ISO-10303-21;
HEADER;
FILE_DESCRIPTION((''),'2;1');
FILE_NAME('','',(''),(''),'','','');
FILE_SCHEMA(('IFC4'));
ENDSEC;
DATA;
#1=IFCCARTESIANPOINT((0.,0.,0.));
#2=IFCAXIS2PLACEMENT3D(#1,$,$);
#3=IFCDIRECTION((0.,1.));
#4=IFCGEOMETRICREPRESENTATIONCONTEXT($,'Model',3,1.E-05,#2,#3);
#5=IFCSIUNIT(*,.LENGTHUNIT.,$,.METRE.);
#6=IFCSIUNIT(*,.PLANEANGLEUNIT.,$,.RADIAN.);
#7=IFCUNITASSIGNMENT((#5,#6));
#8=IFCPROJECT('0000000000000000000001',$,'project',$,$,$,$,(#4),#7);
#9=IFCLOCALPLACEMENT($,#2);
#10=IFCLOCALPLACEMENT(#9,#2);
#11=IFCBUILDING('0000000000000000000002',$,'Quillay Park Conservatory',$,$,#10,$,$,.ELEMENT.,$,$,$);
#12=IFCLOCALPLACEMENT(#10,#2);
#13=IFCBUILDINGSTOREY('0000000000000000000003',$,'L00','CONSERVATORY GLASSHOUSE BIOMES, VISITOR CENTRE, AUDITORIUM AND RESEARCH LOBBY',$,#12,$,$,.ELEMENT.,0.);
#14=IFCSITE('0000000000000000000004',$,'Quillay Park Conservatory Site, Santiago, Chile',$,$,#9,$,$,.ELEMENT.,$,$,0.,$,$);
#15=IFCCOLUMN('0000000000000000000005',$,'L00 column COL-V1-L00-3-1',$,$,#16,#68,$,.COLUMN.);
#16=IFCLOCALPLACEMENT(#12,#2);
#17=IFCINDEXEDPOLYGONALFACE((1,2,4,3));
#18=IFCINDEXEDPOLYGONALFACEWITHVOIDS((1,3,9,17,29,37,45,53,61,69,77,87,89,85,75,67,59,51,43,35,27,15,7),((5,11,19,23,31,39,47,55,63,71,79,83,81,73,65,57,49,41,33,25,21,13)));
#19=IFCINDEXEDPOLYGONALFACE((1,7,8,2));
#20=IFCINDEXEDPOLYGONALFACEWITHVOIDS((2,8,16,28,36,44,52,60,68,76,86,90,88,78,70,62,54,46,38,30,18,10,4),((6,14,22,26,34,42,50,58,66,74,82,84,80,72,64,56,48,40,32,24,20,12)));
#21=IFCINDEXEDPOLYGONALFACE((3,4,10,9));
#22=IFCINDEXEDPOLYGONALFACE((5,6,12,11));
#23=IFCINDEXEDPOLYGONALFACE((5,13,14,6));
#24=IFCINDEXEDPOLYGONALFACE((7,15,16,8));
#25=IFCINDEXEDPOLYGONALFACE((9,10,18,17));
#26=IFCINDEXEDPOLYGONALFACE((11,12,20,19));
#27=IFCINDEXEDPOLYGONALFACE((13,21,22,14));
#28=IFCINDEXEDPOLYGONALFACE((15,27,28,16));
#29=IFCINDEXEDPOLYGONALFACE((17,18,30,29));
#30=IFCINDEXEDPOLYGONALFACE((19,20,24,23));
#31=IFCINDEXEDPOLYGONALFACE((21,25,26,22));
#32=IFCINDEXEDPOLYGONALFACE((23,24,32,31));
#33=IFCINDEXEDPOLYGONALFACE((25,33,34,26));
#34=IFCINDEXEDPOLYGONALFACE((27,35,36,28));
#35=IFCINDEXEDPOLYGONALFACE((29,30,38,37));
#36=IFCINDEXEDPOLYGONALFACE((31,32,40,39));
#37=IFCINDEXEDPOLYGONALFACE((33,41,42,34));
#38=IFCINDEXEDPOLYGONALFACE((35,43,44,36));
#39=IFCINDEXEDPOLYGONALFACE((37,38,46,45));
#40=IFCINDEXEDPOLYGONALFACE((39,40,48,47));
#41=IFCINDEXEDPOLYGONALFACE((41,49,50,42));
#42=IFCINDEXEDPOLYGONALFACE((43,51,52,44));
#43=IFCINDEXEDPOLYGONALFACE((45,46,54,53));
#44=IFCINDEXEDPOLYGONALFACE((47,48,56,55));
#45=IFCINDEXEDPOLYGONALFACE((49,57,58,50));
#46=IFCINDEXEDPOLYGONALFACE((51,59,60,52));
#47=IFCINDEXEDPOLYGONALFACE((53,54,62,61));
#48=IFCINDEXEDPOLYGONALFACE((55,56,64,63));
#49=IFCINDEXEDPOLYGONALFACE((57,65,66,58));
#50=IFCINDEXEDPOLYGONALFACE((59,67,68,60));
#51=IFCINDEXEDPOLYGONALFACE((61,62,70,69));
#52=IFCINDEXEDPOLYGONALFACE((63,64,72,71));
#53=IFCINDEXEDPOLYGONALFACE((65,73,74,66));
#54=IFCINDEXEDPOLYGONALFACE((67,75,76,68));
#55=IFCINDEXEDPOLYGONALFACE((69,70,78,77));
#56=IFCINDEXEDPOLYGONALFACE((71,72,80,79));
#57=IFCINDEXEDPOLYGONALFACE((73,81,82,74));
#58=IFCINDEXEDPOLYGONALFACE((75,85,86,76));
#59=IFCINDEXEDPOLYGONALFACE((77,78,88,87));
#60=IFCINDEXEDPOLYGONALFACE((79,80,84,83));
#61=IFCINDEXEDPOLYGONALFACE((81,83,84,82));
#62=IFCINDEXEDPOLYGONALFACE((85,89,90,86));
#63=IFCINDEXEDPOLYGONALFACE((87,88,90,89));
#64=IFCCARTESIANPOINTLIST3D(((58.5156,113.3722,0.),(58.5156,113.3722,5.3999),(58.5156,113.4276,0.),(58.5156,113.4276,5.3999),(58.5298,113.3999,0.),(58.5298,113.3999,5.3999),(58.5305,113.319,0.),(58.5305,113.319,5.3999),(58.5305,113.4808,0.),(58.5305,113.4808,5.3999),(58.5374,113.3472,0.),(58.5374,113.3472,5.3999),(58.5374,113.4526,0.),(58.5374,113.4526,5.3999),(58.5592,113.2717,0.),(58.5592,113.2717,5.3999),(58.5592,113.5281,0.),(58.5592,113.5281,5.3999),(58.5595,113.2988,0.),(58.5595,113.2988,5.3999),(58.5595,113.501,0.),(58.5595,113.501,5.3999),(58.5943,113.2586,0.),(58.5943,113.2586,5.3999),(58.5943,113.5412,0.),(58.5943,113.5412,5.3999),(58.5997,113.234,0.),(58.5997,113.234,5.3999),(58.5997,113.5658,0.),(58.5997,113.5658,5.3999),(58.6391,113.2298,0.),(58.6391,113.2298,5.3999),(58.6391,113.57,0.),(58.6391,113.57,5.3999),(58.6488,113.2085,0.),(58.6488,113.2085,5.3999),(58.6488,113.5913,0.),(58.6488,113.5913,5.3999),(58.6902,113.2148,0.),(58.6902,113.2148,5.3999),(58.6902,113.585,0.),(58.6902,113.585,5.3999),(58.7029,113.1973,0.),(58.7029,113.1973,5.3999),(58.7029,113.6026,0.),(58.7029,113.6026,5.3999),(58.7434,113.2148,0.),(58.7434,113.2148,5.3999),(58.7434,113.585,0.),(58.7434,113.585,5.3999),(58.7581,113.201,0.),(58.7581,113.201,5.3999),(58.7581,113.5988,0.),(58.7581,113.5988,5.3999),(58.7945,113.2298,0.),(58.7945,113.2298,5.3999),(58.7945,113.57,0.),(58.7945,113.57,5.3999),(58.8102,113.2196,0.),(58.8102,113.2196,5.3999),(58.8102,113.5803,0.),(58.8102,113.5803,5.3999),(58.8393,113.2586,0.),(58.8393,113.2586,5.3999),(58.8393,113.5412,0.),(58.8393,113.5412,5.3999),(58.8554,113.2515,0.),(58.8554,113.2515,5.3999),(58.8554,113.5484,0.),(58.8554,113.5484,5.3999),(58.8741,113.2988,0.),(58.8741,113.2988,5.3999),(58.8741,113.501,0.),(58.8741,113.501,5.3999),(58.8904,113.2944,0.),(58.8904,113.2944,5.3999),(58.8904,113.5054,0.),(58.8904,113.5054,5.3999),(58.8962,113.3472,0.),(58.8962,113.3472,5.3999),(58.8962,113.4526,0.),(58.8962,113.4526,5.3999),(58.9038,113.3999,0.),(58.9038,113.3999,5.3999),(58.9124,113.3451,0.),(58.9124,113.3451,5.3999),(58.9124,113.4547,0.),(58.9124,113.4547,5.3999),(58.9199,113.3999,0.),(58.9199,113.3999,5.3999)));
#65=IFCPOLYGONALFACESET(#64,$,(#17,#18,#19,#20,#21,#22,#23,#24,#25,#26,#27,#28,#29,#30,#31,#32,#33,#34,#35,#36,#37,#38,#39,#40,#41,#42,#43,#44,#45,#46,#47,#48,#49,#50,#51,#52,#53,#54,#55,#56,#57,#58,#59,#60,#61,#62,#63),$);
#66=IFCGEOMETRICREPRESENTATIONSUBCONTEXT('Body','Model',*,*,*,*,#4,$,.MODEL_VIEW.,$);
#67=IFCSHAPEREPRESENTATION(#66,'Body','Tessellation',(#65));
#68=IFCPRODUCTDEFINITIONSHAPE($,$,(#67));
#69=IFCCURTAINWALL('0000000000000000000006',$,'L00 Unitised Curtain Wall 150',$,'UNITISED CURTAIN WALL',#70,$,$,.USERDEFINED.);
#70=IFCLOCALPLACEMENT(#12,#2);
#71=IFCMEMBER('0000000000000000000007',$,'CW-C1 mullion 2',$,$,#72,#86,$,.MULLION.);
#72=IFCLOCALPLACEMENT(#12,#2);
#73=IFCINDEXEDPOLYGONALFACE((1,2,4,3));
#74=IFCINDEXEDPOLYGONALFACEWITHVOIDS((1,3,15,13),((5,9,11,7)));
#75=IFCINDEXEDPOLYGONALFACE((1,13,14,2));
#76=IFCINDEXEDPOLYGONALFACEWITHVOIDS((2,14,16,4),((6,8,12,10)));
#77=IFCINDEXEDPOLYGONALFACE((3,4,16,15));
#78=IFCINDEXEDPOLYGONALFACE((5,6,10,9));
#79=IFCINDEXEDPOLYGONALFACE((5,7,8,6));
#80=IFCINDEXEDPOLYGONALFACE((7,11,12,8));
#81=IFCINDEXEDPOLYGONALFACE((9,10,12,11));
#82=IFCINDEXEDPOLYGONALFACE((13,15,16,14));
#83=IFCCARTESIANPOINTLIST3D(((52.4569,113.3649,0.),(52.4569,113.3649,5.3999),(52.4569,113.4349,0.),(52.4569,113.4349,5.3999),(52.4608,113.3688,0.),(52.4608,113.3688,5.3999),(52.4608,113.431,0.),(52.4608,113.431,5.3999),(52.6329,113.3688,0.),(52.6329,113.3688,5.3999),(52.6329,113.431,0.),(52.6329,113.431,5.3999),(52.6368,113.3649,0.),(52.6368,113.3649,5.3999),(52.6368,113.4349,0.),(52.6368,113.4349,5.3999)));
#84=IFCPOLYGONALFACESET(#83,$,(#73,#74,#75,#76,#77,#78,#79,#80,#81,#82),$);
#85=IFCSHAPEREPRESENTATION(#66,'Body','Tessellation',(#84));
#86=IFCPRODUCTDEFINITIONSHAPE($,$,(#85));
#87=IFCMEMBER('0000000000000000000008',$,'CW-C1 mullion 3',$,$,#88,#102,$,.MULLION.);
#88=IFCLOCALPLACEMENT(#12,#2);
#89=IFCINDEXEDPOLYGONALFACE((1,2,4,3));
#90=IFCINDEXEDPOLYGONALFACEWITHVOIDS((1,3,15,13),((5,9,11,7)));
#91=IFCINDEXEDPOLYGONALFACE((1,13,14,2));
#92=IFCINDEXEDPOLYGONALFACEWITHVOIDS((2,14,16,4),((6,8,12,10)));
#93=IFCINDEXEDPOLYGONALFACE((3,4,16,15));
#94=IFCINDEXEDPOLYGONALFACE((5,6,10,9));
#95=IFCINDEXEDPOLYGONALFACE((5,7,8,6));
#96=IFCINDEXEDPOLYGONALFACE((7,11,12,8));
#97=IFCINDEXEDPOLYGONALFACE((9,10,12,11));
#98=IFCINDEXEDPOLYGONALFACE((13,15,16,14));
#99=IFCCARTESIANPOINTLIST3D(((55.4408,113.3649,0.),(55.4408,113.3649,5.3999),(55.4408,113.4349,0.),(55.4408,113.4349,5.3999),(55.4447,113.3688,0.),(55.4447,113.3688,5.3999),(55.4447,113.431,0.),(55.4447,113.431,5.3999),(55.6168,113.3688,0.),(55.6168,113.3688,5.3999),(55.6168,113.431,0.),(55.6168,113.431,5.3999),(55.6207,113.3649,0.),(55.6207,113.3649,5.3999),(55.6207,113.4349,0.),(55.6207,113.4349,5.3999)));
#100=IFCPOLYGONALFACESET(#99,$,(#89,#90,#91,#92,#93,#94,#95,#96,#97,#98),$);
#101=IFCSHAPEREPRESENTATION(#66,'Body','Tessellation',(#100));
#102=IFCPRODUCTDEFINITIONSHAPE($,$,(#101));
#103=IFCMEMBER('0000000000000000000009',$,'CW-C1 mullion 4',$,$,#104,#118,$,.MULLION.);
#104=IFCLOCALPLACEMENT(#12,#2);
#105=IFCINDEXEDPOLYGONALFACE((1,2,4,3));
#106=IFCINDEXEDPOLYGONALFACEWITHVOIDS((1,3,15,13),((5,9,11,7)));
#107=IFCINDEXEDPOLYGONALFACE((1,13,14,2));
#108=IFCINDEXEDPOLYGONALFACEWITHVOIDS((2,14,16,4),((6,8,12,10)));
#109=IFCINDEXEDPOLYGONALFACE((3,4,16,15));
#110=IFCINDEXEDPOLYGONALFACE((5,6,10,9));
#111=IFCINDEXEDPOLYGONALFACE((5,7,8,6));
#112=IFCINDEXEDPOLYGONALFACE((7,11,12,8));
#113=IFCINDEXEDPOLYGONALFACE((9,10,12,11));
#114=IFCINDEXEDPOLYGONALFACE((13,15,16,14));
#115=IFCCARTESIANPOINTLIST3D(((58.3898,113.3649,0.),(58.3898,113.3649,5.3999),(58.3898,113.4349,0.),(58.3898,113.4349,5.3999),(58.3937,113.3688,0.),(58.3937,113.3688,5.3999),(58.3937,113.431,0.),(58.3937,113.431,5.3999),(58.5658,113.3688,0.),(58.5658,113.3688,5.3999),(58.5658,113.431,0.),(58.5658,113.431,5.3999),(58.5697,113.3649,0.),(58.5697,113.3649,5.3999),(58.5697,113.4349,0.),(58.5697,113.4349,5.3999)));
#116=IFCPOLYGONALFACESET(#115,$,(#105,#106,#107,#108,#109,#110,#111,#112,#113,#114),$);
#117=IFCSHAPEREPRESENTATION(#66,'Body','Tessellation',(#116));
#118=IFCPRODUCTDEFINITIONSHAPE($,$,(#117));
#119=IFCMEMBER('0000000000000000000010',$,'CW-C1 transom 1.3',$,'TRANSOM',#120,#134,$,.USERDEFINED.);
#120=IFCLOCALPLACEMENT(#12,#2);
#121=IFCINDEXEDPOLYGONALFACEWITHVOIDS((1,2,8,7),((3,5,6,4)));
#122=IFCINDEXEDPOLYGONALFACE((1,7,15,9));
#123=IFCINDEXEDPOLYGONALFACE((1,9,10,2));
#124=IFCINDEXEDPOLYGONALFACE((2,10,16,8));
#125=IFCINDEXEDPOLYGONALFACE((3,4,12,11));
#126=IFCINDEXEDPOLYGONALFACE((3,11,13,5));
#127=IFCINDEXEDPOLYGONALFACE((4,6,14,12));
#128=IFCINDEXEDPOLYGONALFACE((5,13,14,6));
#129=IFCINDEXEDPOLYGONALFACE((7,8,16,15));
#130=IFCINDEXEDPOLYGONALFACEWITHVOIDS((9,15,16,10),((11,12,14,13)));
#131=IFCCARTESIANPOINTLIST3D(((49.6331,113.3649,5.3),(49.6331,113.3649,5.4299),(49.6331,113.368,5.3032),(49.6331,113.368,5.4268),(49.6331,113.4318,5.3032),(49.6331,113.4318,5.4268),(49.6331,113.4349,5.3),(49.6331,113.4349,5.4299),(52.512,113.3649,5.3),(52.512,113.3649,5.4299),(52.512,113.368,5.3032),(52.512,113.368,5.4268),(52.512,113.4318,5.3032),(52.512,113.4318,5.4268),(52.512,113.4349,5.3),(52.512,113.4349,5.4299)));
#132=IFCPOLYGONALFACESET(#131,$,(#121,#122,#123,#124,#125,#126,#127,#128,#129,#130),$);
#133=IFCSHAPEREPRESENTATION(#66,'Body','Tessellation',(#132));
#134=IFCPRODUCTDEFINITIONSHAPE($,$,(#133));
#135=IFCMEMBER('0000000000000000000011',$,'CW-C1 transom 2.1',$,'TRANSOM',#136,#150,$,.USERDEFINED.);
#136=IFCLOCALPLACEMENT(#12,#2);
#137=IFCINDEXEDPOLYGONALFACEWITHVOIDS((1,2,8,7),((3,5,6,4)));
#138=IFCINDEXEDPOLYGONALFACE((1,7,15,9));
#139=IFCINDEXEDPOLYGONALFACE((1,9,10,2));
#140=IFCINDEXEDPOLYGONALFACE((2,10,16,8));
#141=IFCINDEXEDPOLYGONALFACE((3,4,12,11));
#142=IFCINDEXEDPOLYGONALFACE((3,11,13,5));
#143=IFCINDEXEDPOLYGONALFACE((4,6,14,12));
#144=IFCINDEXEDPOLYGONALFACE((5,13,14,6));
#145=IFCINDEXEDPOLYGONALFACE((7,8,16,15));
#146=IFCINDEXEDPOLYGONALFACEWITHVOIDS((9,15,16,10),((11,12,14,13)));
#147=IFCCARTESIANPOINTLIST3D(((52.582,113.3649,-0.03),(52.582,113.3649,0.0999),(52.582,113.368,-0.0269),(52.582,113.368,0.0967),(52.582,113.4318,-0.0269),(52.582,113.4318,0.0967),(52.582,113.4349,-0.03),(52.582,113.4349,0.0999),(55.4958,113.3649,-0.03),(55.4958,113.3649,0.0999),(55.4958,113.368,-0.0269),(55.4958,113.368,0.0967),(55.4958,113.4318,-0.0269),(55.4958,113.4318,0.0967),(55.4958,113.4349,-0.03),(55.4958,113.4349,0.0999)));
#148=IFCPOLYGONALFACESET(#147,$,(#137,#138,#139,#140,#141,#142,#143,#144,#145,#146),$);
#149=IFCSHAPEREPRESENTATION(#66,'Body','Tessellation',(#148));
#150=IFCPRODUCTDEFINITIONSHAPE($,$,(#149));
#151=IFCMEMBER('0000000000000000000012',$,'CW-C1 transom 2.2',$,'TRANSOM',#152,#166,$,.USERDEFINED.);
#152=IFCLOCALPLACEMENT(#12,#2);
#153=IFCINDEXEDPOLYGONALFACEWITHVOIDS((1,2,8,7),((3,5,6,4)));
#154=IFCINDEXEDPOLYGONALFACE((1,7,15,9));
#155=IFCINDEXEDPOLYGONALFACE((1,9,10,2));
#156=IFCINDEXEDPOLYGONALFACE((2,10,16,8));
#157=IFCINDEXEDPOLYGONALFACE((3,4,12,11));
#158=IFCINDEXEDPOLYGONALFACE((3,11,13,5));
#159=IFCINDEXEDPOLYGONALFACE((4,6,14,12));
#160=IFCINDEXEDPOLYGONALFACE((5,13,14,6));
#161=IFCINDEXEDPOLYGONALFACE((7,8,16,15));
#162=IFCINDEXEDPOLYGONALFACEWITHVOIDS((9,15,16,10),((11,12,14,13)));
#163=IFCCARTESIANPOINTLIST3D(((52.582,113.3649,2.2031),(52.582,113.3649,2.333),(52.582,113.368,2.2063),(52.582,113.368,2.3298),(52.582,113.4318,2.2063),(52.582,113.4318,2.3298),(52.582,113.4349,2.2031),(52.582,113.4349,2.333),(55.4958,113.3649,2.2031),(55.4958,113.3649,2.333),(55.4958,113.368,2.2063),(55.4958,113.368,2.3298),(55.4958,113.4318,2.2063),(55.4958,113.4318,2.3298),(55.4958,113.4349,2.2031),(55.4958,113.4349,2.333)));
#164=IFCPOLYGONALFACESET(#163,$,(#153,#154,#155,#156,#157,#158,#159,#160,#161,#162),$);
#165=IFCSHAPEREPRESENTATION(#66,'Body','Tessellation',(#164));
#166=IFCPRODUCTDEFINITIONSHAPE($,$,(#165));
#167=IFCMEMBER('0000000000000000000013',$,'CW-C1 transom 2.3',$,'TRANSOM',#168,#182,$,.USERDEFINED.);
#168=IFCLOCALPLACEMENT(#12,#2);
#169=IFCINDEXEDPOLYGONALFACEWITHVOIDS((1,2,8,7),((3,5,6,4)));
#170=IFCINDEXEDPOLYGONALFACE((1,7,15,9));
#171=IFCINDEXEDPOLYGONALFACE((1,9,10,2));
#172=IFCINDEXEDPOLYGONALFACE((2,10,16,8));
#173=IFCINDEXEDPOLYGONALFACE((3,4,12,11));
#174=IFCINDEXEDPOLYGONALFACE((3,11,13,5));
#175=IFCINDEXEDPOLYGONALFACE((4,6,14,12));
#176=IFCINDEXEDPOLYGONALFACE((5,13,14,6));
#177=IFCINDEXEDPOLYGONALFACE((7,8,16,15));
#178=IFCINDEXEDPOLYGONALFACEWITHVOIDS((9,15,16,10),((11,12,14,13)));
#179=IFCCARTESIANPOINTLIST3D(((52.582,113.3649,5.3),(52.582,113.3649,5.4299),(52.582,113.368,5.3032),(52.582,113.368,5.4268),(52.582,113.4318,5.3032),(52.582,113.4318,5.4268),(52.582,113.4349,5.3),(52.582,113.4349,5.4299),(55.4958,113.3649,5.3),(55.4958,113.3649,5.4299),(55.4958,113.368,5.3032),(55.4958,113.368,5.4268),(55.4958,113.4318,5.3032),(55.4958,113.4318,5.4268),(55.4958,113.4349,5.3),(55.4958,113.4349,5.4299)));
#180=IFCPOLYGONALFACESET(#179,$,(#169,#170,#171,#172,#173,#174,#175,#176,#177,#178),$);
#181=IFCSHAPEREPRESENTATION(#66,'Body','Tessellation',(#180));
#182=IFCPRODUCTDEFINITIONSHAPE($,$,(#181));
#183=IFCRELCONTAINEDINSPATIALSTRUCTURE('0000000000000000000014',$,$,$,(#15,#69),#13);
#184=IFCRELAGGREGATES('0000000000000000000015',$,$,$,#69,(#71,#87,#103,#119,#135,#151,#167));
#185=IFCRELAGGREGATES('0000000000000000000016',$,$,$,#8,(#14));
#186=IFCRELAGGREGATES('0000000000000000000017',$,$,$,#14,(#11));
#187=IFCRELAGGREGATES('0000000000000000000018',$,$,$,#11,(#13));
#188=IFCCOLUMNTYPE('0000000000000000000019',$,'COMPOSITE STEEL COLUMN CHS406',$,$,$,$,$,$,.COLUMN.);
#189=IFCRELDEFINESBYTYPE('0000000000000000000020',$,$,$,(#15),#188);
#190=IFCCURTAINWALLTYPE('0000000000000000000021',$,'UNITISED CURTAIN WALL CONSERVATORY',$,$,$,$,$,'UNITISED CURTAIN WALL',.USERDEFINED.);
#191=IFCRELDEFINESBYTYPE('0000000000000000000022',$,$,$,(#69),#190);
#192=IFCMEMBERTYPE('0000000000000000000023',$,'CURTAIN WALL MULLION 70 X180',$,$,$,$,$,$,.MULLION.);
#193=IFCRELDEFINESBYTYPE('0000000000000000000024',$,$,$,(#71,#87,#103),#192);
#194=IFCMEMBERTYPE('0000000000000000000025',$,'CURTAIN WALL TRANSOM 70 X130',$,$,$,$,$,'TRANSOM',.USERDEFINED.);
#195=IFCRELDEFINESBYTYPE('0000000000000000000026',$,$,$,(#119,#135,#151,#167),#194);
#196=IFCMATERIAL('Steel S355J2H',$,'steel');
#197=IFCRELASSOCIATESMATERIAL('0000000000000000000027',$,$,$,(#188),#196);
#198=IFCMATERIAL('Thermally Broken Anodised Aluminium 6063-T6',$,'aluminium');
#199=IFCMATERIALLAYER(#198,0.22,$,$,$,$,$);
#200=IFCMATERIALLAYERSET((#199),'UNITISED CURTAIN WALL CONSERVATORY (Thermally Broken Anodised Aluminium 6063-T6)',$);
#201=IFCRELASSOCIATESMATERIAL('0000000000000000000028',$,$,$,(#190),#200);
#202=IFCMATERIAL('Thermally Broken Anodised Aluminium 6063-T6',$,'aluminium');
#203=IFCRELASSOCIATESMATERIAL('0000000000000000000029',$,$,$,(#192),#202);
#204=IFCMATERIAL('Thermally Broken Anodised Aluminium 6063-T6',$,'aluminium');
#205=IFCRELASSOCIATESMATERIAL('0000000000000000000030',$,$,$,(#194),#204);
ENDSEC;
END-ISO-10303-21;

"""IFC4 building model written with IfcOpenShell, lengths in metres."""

from ifc_helpers import new_model, si_unit, direction, frame, origin, origin_2d, place, context, subcontext, project, spatial, hollow_rectangle, hollow_circle, extrude, material, layer, layer_set, material_profile, profile_set, type_object, element, aggregate, save


model = new_model("IFC4")

# Units and contexts
model_context = context("Model", 3, precision=1e-05, world=origin(), true_north=direction((0.0, 1.0)))
body_context = subcontext(model_context, "Body", "Model", "MODEL_VIEW")
ifc_project = project(units=[si_unit("LENGTHUNIT", "METRE"), si_unit("PLANEANGLEUNIT", "RADIAN")], contexts=[model_context])

# Site, building, storey
site_placement = place(None, origin())
site = spatial("IfcSite", under=ifc_project, at=site_placement, Name="Quillay Park Conservatory Site, Santiago, Chile", CompositionType="ELEMENT", RefElevation=0.0)
building_placement = place(site_placement, origin())
building = spatial("IfcBuilding", under=site, at=building_placement, Name="Quillay Park Conservatory", CompositionType="ELEMENT")
storey_placement = place(building_placement, origin())
storey = spatial("IfcBuildingStorey", under=building, at=storey_placement, Name="L00", Description="CONSERVATORY GLASSHOUSE BIOMES, VISITOR CENTRE, AUDITORIUM AND RESEARCH LOBBY", CompositionType="ELEMENT", Elevation=0.0)

# Column
ifc_material_1 = material(Name="Steel S355J2H", Category="steel")
ifc_material_profile_1 = material_profile(ifc_material_1, hollow_circle(Radius=0.2031, WallThickness=0.0161, at=origin_2d()), Name="CHS406.4x16")
ifc_profile_set_1 = profile_set([ifc_material_profile_1], Name="Steel S355J2H")
column_type = type_object("IfcColumnType", Name="COMPOSITE STEEL COLUMN CHS406", PredefinedType="COLUMN", material=ifc_profile_set_1)
column_placement = place(storey_placement, frame((58.7168, 113.3999, 0.0), z_axis=(0.0, 0.0, 1.0), x_axis=(1.0, 0.0, 0.0)))
element("IfcColumn", 1, at=column_placement, inside=storey, type_object=column_type, Name="L00 column COL-V1-L00-3-1", PredefinedType="COLUMN", context=body_context, shape_type="SweptSolid", body=[
    extrude(hollow_circle(Radius=0.2031, WallThickness=0.0161, at=origin_2d()), origin(), (0.0, 0.0, 1.0), 5.3999),
])

# Curtain wall, members
ifc_material_2 = material(Name="Thermally Broken Anodised Aluminium 6063-T6", Category="aluminium")
ifc_layer_1 = layer(ifc_material_2, 0.22)
ifc_layer_set_1 = layer_set([ifc_layer_1], Name="UNITISED CURTAIN WALL CONSERVATORY (Thermally Broken Anodised Aluminium 6063-T6)")
curtain_wall_type = type_object("IfcCurtainWallType", Name="UNITISED CURTAIN WALL CONSERVATORY", ElementType="UNITISED CURTAIN WALL", PredefinedType="USERDEFINED", material=ifc_layer_set_1)
curtain_wall_placement = place(storey_placement, origin())
curtain_wall = element("IfcCurtainWall", 2, at=curtain_wall_placement, inside=storey, type_object=curtain_wall_type, Name="L00 Unitised Curtain Wall 150", ObjectType="UNITISED CURTAIN WALL", PredefinedType="USERDEFINED")
ifc_material_3 = material(Name="Thermally Broken Anodised Aluminium 6063-T6", Category="aluminium")
ifc_material_profile_2 = material_profile(ifc_material_3, hollow_rectangle(XDim=0.0701, YDim=0.1799, WallThickness=0.0039, at=origin_2d()), Name="AL70x180x4")
ifc_profile_set_2 = profile_set([ifc_material_profile_2], Name="Thermally Broken Anodised Aluminium 6063-T6")
member_type_1 = type_object("IfcMemberType", Name="CURTAIN WALL MULLION 70 X180", PredefinedType="MULLION", material=ifc_profile_set_2)
member_1_placement = place(storey_placement, frame((52.5469, 113.3999, 0.0), z_axis=(0.0, 0.0, 1.0), x_axis=(0.0, 1.0, 0.0)))
member_1 = element("IfcMember", 3, at=member_1_placement, type_object=member_type_1, Name="CW-C1 mullion 2", PredefinedType="MULLION", context=body_context, shape_type="SweptSolid", body=[
    extrude(hollow_rectangle(XDim=0.0701, YDim=0.1799, WallThickness=0.0039, at=origin_2d()), origin(), (0.0, 0.0, 1.0), 5.3999),
])
member_2_placement = place(storey_placement, frame((55.5308, 113.3999, 0.0), z_axis=(0.0, 0.0, 1.0), x_axis=(0.0, 1.0, 0.0)))
member_2 = element("IfcMember", 4, at=member_2_placement, type_object=member_type_1, Name="CW-C1 mullion 3", PredefinedType="MULLION", context=body_context, shape_type="SweptSolid", body=[
    extrude(hollow_rectangle(XDim=0.0701, YDim=0.1799, WallThickness=0.0039, at=origin_2d()), origin(), (0.0, 0.0, 1.0), 5.3999),
])
member_3_placement = place(storey_placement, frame((58.4797, 113.3999, 0.0), z_axis=(0.0, 0.0, 1.0), x_axis=(0.0, 1.0, 0.0)))
member_3 = element("IfcMember", 5, at=member_3_placement, type_object=member_type_1, Name="CW-C1 mullion 4", PredefinedType="MULLION", context=body_context, shape_type="SweptSolid", body=[
    extrude(hollow_rectangle(XDim=0.0701, YDim=0.1799, WallThickness=0.0039, at=origin_2d()), origin(), (0.0, 0.0, 1.0), 5.3999),
])
ifc_material_4 = material(Name="Thermally Broken Anodised Aluminium 6063-T6", Category="aluminium")
ifc_material_profile_3 = material_profile(ifc_material_4, hollow_rectangle(XDim=0.0701, YDim=0.1299, WallThickness=0.0032, at=origin_2d()), Name="AL70x130x3.2")
ifc_profile_set_3 = profile_set([ifc_material_profile_3], Name="Thermally Broken Anodised Aluminium 6063-T6")
member_type_2 = type_object("IfcMemberType", Name="CURTAIN WALL TRANSOM 70 X130", ElementType="TRANSOM", PredefinedType="USERDEFINED", material=ifc_profile_set_3)
member_4_placement = place(storey_placement, frame((49.6331, 113.3999, 5.365), z_axis=(1.0, 0.0, 0.0), x_axis=(0.0, 1.0, 0.0)))
member_4 = element("IfcMember", 6, at=member_4_placement, type_object=member_type_2, Name="CW-C1 transom 1.3", ObjectType="TRANSOM", PredefinedType="USERDEFINED", context=body_context, shape_type="SweptSolid", body=[
    extrude(hollow_rectangle(XDim=0.0701, YDim=0.1299, WallThickness=0.0032, at=origin_2d()), origin(), (0.0, 0.0, 1.0), 2.8789),
])
member_5_placement = place(storey_placement, frame((52.582, 113.3999, 0.0349), z_axis=(1.0, 0.0, 0.0), x_axis=(0.0, 1.0, 0.0)))
member_5 = element("IfcMember", 7, at=member_5_placement, type_object=member_type_2, Name="CW-C1 transom 2.1", ObjectType="TRANSOM", PredefinedType="USERDEFINED", context=body_context, shape_type="SweptSolid", body=[
    extrude(hollow_rectangle(XDim=0.0701, YDim=0.1299, WallThickness=0.0032, at=origin_2d()), origin(), (0.0, 0.0, 1.0), 2.9138),
])
member_6_placement = place(storey_placement, frame((52.582, 113.3999, 2.2681), z_axis=(1.0, 0.0, 0.0), x_axis=(0.0, 1.0, 0.0)))
member_6 = element("IfcMember", 8, at=member_6_placement, type_object=member_type_2, Name="CW-C1 transom 2.2", ObjectType="TRANSOM", PredefinedType="USERDEFINED", context=body_context, shape_type="SweptSolid", body=[
    extrude(hollow_rectangle(XDim=0.0701, YDim=0.1299, WallThickness=0.0032, at=origin_2d()), origin(), (0.0, 0.0, 1.0), 2.9138),
])
member_7_placement = place(storey_placement, frame((52.582, 113.3999, 5.365), z_axis=(1.0, 0.0, 0.0), x_axis=(0.0, 1.0, 0.0)))
member_7 = element("IfcMember", 9, at=member_7_placement, type_object=member_type_2, Name="CW-C1 transom 2.3", ObjectType="TRANSOM", PredefinedType="USERDEFINED", context=body_context, shape_type="SweptSolid", body=[
    extrude(hollow_rectangle(XDim=0.0701, YDim=0.1299, WallThickness=0.0032, at=origin_2d()), origin(), (0.0, 0.0, 1.0), 2.9138),
])

aggregate(curtain_wall, [member_1, member_2, member_3, member_4, member_5, member_6, member_7])

save(model, "model.ifc")
